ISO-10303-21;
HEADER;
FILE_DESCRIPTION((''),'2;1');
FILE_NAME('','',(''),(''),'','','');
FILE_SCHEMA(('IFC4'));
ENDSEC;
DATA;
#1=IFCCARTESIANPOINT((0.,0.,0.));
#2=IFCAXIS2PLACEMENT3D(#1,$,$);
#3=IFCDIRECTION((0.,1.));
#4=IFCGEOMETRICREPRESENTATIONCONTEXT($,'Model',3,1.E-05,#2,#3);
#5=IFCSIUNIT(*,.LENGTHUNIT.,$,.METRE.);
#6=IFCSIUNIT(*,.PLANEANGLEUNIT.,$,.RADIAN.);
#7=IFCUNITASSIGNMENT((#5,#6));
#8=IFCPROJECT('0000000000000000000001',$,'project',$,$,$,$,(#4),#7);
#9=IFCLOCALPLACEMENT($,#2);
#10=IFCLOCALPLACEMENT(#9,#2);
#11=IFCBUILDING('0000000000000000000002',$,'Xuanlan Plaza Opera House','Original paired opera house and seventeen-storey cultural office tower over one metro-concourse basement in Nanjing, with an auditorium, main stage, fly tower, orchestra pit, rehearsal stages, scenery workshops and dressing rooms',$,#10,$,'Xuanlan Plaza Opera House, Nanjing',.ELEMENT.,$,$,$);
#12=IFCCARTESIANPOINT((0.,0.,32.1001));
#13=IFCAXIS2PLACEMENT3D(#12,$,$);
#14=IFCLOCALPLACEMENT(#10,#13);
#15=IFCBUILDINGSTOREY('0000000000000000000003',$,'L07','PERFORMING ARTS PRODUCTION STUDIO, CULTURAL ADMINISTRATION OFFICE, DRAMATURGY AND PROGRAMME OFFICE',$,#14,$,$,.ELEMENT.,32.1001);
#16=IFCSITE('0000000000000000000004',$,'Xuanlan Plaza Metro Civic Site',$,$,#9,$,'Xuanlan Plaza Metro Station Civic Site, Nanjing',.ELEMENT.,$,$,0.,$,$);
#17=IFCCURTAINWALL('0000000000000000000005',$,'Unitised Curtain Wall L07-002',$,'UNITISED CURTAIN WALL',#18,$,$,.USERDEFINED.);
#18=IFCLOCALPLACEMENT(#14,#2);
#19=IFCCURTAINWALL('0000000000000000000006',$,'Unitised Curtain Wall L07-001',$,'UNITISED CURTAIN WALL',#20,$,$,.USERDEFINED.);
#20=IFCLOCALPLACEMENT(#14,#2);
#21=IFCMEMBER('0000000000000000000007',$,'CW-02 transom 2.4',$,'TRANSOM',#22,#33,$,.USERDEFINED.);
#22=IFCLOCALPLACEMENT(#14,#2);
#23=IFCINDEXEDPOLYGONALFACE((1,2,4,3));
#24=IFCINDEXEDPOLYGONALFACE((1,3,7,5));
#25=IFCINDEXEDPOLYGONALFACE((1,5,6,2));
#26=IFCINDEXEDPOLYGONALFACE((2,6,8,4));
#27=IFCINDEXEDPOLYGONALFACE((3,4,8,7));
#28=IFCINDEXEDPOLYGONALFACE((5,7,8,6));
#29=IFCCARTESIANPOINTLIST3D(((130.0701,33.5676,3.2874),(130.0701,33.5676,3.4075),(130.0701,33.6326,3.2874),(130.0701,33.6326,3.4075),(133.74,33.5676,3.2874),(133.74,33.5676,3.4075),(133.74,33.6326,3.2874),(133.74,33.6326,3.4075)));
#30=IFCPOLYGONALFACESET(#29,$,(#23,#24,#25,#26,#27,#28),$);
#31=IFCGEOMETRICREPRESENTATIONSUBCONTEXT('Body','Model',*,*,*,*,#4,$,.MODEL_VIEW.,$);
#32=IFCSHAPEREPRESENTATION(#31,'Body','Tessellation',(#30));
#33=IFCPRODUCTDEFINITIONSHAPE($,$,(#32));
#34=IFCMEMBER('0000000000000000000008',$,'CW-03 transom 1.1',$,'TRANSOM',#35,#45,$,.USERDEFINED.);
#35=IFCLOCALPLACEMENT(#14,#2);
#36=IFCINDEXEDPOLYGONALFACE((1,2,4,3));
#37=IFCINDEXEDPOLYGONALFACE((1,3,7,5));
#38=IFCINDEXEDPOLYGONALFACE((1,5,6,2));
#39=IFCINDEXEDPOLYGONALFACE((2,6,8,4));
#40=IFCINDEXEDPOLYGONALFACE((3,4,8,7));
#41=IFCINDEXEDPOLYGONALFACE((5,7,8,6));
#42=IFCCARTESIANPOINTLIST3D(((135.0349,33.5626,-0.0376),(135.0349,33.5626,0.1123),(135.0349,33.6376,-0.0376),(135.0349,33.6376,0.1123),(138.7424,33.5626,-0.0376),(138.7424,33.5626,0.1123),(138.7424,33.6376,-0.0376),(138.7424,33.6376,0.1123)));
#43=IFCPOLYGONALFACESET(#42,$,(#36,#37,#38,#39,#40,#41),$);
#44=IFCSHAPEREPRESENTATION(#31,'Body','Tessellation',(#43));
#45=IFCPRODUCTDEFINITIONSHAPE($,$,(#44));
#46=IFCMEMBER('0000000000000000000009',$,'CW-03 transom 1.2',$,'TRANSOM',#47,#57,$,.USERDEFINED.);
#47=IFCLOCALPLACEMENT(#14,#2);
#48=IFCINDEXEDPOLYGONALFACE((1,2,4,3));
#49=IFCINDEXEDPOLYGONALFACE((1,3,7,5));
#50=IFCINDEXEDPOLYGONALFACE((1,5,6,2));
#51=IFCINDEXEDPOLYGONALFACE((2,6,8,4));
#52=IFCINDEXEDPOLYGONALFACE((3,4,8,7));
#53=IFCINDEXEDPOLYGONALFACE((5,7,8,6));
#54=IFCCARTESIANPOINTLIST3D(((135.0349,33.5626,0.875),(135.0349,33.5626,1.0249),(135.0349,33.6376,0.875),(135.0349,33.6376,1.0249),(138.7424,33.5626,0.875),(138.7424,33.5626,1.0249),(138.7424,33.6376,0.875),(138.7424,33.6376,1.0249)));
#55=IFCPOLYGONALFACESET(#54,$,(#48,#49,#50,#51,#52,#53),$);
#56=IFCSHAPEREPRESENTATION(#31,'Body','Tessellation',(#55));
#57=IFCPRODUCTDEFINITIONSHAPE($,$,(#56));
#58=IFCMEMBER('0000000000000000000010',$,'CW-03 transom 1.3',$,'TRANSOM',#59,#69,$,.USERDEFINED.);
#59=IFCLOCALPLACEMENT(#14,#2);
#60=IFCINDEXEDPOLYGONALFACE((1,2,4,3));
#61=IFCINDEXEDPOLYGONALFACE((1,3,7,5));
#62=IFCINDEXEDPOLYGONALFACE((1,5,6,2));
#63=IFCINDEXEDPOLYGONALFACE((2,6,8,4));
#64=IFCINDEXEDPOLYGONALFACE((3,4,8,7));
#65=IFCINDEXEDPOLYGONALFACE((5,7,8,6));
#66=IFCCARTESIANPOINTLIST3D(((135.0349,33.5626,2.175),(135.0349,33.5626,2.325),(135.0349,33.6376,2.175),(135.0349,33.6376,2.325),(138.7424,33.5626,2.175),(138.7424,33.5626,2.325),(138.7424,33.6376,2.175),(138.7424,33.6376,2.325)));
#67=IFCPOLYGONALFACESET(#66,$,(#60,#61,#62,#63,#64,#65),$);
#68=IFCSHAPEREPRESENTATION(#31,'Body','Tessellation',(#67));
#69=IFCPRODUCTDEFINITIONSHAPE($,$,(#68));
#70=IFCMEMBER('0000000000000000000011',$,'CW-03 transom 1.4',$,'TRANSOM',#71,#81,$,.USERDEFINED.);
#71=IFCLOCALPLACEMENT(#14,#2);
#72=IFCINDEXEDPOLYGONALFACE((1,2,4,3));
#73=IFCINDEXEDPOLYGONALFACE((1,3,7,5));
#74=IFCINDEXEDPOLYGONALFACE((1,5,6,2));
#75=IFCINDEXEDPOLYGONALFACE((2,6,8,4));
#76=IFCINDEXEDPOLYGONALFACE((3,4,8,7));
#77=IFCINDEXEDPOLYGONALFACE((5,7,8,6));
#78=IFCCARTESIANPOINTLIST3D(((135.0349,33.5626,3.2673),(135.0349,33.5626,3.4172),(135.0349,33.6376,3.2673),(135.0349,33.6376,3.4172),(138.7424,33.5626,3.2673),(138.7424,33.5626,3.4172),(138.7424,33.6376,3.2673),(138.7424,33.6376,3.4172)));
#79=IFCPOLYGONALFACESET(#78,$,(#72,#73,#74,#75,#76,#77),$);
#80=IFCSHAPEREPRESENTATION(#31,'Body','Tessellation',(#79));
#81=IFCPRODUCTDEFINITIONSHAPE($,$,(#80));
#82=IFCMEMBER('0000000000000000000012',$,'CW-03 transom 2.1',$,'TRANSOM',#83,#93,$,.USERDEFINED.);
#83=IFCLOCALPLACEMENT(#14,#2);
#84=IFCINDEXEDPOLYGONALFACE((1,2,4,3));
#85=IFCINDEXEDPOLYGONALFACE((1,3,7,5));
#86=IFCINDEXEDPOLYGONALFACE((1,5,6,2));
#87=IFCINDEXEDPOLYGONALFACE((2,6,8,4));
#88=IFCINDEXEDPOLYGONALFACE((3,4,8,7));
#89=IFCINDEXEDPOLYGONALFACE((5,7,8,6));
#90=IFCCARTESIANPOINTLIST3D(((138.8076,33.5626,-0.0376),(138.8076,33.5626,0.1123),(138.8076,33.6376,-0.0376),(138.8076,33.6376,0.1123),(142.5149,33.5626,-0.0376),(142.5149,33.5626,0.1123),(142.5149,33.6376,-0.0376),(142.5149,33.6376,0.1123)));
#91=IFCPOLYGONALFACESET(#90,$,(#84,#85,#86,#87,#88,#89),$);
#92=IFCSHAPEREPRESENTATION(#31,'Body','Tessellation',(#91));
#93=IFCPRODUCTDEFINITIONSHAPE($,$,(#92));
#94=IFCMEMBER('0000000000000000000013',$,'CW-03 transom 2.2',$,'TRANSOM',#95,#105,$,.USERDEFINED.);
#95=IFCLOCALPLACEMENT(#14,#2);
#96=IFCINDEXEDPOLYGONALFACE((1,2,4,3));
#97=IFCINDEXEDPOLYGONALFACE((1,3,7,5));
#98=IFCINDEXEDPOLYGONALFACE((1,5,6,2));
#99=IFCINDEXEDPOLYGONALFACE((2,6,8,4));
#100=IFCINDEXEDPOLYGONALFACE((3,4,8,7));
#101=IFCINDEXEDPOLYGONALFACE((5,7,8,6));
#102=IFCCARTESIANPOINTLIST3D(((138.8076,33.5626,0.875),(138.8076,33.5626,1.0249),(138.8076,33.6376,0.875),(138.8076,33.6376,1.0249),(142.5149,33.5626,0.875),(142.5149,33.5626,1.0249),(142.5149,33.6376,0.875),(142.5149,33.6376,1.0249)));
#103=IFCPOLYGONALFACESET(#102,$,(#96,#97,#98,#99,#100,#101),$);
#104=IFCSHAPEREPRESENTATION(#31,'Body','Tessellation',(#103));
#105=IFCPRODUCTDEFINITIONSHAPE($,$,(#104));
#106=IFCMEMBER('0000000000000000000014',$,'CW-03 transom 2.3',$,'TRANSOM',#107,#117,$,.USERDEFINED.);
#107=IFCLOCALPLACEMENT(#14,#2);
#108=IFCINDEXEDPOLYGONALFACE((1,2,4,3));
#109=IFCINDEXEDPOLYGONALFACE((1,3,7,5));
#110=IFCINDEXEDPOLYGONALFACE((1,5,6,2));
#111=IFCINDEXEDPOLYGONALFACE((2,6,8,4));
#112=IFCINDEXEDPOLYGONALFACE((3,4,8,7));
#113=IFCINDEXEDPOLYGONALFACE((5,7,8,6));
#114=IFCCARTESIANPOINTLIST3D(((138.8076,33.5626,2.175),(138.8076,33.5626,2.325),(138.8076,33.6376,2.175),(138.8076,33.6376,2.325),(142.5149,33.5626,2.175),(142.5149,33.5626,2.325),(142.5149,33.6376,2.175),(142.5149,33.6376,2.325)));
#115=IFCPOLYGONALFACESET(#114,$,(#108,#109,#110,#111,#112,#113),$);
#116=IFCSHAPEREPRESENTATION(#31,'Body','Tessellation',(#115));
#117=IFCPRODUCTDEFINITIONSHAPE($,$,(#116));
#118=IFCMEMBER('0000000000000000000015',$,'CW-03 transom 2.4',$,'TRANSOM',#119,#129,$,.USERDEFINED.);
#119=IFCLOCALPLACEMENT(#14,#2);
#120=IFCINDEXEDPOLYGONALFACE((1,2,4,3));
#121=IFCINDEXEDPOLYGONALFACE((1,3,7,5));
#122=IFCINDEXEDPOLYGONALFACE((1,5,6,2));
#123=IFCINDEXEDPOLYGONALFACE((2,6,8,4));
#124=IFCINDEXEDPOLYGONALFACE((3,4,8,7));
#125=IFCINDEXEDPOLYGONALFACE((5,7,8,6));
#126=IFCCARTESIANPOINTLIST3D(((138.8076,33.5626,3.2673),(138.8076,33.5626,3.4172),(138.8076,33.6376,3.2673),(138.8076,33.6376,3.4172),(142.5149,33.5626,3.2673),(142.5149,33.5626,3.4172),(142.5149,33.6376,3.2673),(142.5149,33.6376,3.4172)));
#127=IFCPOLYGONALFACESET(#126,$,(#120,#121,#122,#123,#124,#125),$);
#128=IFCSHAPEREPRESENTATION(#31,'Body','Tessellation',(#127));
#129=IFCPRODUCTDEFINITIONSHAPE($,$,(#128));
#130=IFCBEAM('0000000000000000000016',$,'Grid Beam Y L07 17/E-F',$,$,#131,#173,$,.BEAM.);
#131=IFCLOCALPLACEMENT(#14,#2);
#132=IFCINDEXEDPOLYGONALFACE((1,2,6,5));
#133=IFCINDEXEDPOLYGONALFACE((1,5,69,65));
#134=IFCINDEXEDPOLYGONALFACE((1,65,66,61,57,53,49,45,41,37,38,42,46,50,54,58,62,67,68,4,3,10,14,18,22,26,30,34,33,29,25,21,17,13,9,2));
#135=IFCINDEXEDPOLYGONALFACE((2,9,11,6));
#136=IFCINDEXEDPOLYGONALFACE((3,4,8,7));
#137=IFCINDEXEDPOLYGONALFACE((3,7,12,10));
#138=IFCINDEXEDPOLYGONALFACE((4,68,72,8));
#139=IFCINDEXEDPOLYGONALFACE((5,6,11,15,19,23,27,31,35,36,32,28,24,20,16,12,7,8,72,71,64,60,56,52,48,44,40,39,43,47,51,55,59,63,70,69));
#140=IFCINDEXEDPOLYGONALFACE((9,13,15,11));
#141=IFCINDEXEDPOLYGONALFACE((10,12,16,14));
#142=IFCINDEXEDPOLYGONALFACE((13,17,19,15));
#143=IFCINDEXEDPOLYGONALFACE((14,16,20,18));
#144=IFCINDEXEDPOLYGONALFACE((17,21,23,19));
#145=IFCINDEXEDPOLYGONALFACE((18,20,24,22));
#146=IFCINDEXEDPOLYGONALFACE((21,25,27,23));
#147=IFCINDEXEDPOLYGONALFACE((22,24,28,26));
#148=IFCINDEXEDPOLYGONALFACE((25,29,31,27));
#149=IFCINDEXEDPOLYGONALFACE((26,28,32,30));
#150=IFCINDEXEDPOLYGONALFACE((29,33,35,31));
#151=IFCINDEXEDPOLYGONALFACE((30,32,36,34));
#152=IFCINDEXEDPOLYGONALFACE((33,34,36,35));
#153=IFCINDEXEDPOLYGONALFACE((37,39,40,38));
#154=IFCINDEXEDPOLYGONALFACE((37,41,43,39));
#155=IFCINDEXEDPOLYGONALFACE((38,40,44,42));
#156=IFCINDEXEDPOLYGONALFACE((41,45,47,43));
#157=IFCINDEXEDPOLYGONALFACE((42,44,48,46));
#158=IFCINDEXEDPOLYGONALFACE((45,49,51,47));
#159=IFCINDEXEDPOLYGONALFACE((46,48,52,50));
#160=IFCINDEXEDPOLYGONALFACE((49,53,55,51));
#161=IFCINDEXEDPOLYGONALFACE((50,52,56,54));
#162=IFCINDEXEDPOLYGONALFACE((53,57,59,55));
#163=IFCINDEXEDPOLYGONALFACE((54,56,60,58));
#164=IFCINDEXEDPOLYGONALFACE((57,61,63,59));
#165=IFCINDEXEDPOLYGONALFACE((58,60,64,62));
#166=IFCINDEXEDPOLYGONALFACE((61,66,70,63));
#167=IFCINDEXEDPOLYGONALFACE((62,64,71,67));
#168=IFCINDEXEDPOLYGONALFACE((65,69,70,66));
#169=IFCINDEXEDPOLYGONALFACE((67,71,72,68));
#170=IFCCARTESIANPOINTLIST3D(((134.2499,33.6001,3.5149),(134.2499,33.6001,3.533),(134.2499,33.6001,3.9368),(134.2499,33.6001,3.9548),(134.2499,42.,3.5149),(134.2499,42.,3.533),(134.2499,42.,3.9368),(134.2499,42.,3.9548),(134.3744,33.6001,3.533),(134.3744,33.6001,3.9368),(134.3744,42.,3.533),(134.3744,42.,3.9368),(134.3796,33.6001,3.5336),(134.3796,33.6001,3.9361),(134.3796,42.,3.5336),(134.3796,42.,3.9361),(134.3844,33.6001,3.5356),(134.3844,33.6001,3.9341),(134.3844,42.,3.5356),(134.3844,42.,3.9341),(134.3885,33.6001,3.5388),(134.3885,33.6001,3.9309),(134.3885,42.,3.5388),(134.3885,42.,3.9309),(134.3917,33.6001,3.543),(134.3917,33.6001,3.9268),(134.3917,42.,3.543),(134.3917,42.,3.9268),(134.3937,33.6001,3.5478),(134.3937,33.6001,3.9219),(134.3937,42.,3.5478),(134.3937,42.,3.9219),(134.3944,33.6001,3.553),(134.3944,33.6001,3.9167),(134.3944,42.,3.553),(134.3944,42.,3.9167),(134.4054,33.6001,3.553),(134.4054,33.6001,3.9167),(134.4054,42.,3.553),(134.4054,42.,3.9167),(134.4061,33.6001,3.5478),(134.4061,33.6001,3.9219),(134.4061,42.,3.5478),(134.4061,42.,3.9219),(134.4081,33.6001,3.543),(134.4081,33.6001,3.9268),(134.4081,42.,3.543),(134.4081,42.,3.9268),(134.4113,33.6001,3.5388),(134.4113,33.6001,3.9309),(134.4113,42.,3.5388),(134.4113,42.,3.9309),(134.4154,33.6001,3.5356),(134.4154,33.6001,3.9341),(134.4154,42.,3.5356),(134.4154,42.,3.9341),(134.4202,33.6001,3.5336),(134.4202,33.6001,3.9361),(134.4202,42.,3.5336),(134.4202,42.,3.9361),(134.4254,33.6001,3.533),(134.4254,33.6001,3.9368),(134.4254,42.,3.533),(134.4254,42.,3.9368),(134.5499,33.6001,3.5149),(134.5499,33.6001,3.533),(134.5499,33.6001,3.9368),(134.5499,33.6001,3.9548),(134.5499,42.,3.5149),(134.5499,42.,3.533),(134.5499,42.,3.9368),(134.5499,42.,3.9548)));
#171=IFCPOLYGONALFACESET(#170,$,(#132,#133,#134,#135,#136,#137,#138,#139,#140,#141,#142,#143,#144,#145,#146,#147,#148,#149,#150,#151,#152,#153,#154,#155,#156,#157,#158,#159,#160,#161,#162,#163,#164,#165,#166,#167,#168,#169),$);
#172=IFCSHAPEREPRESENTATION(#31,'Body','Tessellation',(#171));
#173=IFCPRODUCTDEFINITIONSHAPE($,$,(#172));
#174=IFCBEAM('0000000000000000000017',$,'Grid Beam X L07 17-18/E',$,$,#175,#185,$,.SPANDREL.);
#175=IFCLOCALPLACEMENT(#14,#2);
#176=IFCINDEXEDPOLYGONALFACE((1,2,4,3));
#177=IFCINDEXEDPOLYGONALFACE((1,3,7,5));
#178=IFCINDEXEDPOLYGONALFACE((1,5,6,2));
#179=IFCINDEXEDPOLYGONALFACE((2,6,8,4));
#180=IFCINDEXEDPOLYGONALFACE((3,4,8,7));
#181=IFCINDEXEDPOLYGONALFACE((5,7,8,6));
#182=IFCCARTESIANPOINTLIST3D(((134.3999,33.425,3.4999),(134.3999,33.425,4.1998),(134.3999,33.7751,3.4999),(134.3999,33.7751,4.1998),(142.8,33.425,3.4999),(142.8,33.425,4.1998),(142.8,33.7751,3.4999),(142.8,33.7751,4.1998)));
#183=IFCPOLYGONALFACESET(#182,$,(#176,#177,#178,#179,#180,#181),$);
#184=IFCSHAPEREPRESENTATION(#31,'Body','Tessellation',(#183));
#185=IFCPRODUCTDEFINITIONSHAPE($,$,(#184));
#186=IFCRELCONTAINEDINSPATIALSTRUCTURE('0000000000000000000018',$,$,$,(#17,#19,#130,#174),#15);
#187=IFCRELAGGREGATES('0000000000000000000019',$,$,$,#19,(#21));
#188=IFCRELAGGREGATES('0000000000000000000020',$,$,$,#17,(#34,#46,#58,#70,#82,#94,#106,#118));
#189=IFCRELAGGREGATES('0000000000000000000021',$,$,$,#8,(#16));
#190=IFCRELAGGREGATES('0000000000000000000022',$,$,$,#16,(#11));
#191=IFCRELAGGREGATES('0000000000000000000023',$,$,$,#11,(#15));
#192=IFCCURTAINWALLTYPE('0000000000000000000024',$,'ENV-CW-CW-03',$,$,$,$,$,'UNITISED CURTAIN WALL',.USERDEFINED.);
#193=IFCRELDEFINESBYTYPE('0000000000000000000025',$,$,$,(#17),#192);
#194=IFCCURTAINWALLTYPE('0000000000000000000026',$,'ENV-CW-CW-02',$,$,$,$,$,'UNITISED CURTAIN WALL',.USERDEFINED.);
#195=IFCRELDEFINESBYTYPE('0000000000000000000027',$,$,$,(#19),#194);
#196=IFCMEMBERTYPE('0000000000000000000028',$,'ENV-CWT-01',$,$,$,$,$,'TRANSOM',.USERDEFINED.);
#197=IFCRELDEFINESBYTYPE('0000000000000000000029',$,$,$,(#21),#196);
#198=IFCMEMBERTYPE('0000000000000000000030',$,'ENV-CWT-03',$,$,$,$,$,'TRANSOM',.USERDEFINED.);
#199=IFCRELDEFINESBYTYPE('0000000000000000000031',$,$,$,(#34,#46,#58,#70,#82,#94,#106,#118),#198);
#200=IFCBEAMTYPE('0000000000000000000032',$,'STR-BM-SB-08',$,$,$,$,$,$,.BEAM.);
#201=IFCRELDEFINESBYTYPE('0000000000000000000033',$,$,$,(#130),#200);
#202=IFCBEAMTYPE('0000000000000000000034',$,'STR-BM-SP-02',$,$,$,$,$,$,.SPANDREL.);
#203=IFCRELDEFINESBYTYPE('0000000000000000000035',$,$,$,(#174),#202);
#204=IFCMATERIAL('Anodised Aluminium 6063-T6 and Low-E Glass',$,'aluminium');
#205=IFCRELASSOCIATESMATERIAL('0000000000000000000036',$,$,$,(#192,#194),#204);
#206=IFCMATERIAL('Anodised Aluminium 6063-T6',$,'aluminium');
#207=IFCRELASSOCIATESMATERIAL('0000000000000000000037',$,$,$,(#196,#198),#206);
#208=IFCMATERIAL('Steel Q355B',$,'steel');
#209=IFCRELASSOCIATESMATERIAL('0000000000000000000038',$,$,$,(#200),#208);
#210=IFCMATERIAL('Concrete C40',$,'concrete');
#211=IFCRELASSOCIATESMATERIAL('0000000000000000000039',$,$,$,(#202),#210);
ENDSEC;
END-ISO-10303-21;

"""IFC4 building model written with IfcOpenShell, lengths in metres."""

from ifc_helpers import new_model, si_unit, direction, frame, origin, origin_2d, place, context, subcontext, project, spatial, rectangle, i_section, extrude, material, material_profile, profile_set, type_object, element, aggregate, save


model = new_model("IFC4")

# Units and contexts
model_context = context("Model", 3, precision=1e-05, world=origin(), true_north=direction((0.0, 1.0)))
body_context = subcontext(model_context, "Body", "Model", "MODEL_VIEW")
ifc_project = project(units=[si_unit("LENGTHUNIT", "METRE"), si_unit("PLANEANGLEUNIT", "RADIAN")], contexts=[model_context])

# Site, building, storey
site_placement = place(None, origin())
site = spatial("IfcSite", under=ifc_project, at=site_placement, Name="Xuanlan Plaza Metro Civic Site", LongName="Xuanlan Plaza Metro Station Civic Site, Nanjing", CompositionType="ELEMENT", RefElevation=0.0)
building_placement = place(site_placement, origin())
building = spatial("IfcBuilding", under=site, at=building_placement, Name="Xuanlan Plaza Opera House", Description="Original paired opera house and seventeen-storey cultural office tower over one metro-concourse basement in Nanjing, with an auditorium, main stage, fly tower, orchestra pit, rehearsal stages, scenery workshops and dressing rooms", LongName="Xuanlan Plaza Opera House, Nanjing", CompositionType="ELEMENT")
storey_placement = place(building_placement, frame((0.0, 0.0, 32.1001)))
storey = spatial("IfcBuildingStorey", under=building, at=storey_placement, Name="L07", Description="PERFORMING ARTS PRODUCTION STUDIO, CULTURAL ADMINISTRATION OFFICE, DRAMATURGY AND PROGRAMME OFFICE", CompositionType="ELEMENT", Elevation=32.1001)

# Curtain wall
ifc_material_1 = material(Name="Anodised Aluminium 6063-T6 and Low-E Glass", Category="aluminium")
curtain_wall_type_1 = type_object("IfcCurtainWallType", Name="ENV-CW-CW-03", ElementType="UNITISED CURTAIN WALL", PredefinedType="USERDEFINED", material=ifc_material_1)
curtain_wall_1_placement = place(storey_placement, origin())
curtain_wall_1 = element("IfcCurtainWall", 1, at=curtain_wall_1_placement, inside=storey, type_object=curtain_wall_type_1, Name="Unitised Curtain Wall L07-002", ObjectType="UNITISED CURTAIN WALL", PredefinedType="USERDEFINED")
ifc_material_2 = material(Name="Anodised Aluminium 6063-T6", Category="aluminium")

# Curtain wall, member
curtain_wall_type_2 = type_object("IfcCurtainWallType", Name="ENV-CW-CW-02", ElementType="UNITISED CURTAIN WALL", PredefinedType="USERDEFINED", material=ifc_material_1)
curtain_wall_2_placement = place(storey_placement, origin())
curtain_wall_2 = element("IfcCurtainWall", 2, at=curtain_wall_2_placement, inside=storey, type_object=curtain_wall_type_2, Name="Unitised Curtain Wall L07-001", ObjectType="UNITISED CURTAIN WALL", PredefinedType="USERDEFINED")
ifc_material_profile_1 = material_profile(ifc_material_2, rectangle(XDim=0.0649, YDim=0.1201, at=origin_2d()), Name="ALU-T 65x120")
ifc_profile_set_1 = profile_set([ifc_material_profile_1], Name="Anodised Aluminium 6063-T6")
member_type_1 = type_object("IfcMemberType", Name="ENV-CWT-01", ElementType="TRANSOM", PredefinedType="USERDEFINED", material=ifc_profile_set_1)
member_1_placement = place(storey_placement, frame((130.0701, 33.6001, 3.3474), z_axis=(1.0, 0.0, 0.0), x_axis=(0.0, 1.0, 0.0)))
member_1 = element("IfcMember", 3, at=member_1_placement, type_object=member_type_1, Name="CW-02 transom 2.4", ObjectType="TRANSOM", PredefinedType="USERDEFINED", context=body_context, shape_type="SweptSolid", body=[
    extrude(rectangle(XDim=0.0649, YDim=0.1201, at=origin_2d()), origin(), (0.0, 0.0, 1.0), 3.6699),
])

# Members
ifc_material_profile_2 = material_profile(ifc_material_2, rectangle(XDim=0.075, YDim=0.1499, at=origin_2d()), Name="ALU-T 75x150")
ifc_profile_set_2 = profile_set([ifc_material_profile_2], Name="Anodised Aluminium 6063-T6")
member_type_2 = type_object("IfcMemberType", Name="ENV-CWT-03", ElementType="TRANSOM", PredefinedType="USERDEFINED", material=ifc_profile_set_2)
member_2_placement = place(storey_placement, frame((135.0349, 33.6001, 0.0374), z_axis=(1.0, 0.0, 0.0), x_axis=(0.0, 1.0, 0.0)))
member_2 = element("IfcMember", 4, at=member_2_placement, type_object=member_type_2, Name="CW-03 transom 1.1", ObjectType="TRANSOM", PredefinedType="USERDEFINED", context=body_context, shape_type="SweptSolid", body=[
    extrude(rectangle(XDim=0.075, YDim=0.1499, at=origin_2d()), origin(), (0.0, 0.0, 1.0), 3.7075),
])
member_3_placement = place(storey_placement, frame((135.0349, 33.6001, 0.95), z_axis=(1.0, 0.0, 0.0), x_axis=(0.0, 1.0, 0.0)))
member_3 = element("IfcMember", 5, at=member_3_placement, type_object=member_type_2, Name="CW-03 transom 1.2", ObjectType="TRANSOM", PredefinedType="USERDEFINED", context=body_context, shape_type="SweptSolid", body=[
    extrude(rectangle(XDim=0.075, YDim=0.1499, at=origin_2d()), origin(), (0.0, 0.0, 1.0), 3.7075),
])
member_4_placement = place(storey_placement, frame((135.0349, 33.6001, 2.25), z_axis=(1.0, 0.0, 0.0), x_axis=(0.0, 1.0, 0.0)))
member_4 = element("IfcMember", 6, at=member_4_placement, type_object=member_type_2, Name="CW-03 transom 1.3", ObjectType="TRANSOM", PredefinedType="USERDEFINED", context=body_context, shape_type="SweptSolid", body=[
    extrude(rectangle(XDim=0.075, YDim=0.1499, at=origin_2d()), origin(), (0.0, 0.0, 1.0), 3.7075),
])
member_5_placement = place(storey_placement, frame((135.0349, 33.6001, 3.3423), z_axis=(1.0, 0.0, 0.0), x_axis=(0.0, 1.0, 0.0)))
member_5 = element("IfcMember", 7, at=member_5_placement, type_object=member_type_2, Name="CW-03 transom 1.4", ObjectType="TRANSOM", PredefinedType="USERDEFINED", context=body_context, shape_type="SweptSolid", body=[
    extrude(rectangle(XDim=0.075, YDim=0.1499, at=origin_2d()), origin(), (0.0, 0.0, 1.0), 3.7075),
])
member_6_placement = place(storey_placement, frame((138.8076, 33.6001, 0.0374), z_axis=(1.0, 0.0, 0.0), x_axis=(0.0, 1.0, 0.0)))
member_6 = element("IfcMember", 8, at=member_6_placement, type_object=member_type_2, Name="CW-03 transom 2.1", ObjectType="TRANSOM", PredefinedType="USERDEFINED", context=body_context, shape_type="SweptSolid", body=[
    extrude(rectangle(XDim=0.075, YDim=0.1499, at=origin_2d()), origin(), (0.0, 0.0, 1.0), 3.7073),
])
member_7_placement = place(storey_placement, frame((138.8076, 33.6001, 0.95), z_axis=(1.0, 0.0, 0.0), x_axis=(0.0, 1.0, 0.0)))
member_7 = element("IfcMember", 9, at=member_7_placement, type_object=member_type_2, Name="CW-03 transom 2.2", ObjectType="TRANSOM", PredefinedType="USERDEFINED", context=body_context, shape_type="SweptSolid", body=[
    extrude(rectangle(XDim=0.075, YDim=0.1499, at=origin_2d()), origin(), (0.0, 0.0, 1.0), 3.7073),
])
member_8_placement = place(storey_placement, frame((138.8076, 33.6001, 2.25), z_axis=(1.0, 0.0, 0.0), x_axis=(0.0, 1.0, 0.0)))
member_8 = element("IfcMember", 10, at=member_8_placement, type_object=member_type_2, Name="CW-03 transom 2.3", ObjectType="TRANSOM", PredefinedType="USERDEFINED", context=body_context, shape_type="SweptSolid", body=[
    extrude(rectangle(XDim=0.075, YDim=0.1499, at=origin_2d()), origin(), (0.0, 0.0, 1.0), 3.7073),
])
member_9_placement = place(storey_placement, frame((138.8076, 33.6001, 3.3423), z_axis=(1.0, 0.0, 0.0), x_axis=(0.0, 1.0, 0.0)))
member_9 = element("IfcMember", 11, at=member_9_placement, type_object=member_type_2, Name="CW-03 transom 2.4", ObjectType="TRANSOM", PredefinedType="USERDEFINED", context=body_context, shape_type="SweptSolid", body=[
    extrude(rectangle(XDim=0.075, YDim=0.1499, at=origin_2d()), origin(), (0.0, 0.0, 1.0), 3.7073),
])

# Beams
ifc_material_3 = material(Name="Steel Q355B", Category="steel")
ifc_material_profile_3 = material_profile(ifc_material_3, i_section(OverallWidth=0.3, OverallDepth=0.4399, WebThickness=0.011, FlangeThickness=0.0181, FilletRadius=0.02, at=origin_2d()), Name="HM 440x300x11x18")
ifc_profile_set_3 = profile_set([ifc_material_profile_3], Name="Steel Q355B")
beam_type_1 = type_object("IfcBeamType", Name="STR-BM-SB-08", PredefinedType="BEAM", material=ifc_profile_set_3)
beam_1_placement = place(storey_placement, frame((134.3999, 33.6001, 3.7349), z_axis=(0.0, 1.0, 0.0), x_axis=(-1.0, 0.0, 0.0)))
element("IfcBeam", 12, at=beam_1_placement, inside=storey, type_object=beam_type_1, Name="Grid Beam Y L07 17/E-F", PredefinedType="BEAM", context=body_context, shape_type="SweptSolid", body=[
    extrude(i_section(OverallWidth=0.3, OverallDepth=0.4399, WebThickness=0.011, FlangeThickness=0.0181, FilletRadius=0.02, at=origin_2d()), origin(), (0.0, 0.0, 1.0), 8.3999),
])
ifc_material_4 = material(Name="Concrete C40", Category="concrete")
ifc_material_profile_4 = material_profile(ifc_material_4, rectangle(XDim=0.3501, YDim=0.7, at=origin_2d()), Name="RC-SPD 350x700")
ifc_profile_set_4 = profile_set([ifc_material_profile_4], Name="Concrete C40")
beam_type_2 = type_object("IfcBeamType", Name="STR-BM-SP-02", PredefinedType="SPANDREL", material=ifc_profile_set_4)
beam_2_placement = place(storey_placement, frame((134.3999, 33.6001, 3.8499), z_axis=(1.0, 0.0, 0.0), x_axis=(0.0, 1.0, 0.0)))
element("IfcBeam", 13, at=beam_2_placement, inside=storey, type_object=beam_type_2, Name="Grid Beam X L07 17-18/E", PredefinedType="SPANDREL", context=body_context, shape_type="SweptSolid", body=[
    extrude(rectangle(XDim=0.3501, YDim=0.7, at=origin_2d()), origin(), (0.0, 0.0, 1.0), 8.4001),
])

aggregate(curtain_wall_2, [member_1])
aggregate(curtain_wall_1, [member_2, member_3, member_4, member_5, member_6, member_7, member_8, member_9])

save(model, "model.ifc")
